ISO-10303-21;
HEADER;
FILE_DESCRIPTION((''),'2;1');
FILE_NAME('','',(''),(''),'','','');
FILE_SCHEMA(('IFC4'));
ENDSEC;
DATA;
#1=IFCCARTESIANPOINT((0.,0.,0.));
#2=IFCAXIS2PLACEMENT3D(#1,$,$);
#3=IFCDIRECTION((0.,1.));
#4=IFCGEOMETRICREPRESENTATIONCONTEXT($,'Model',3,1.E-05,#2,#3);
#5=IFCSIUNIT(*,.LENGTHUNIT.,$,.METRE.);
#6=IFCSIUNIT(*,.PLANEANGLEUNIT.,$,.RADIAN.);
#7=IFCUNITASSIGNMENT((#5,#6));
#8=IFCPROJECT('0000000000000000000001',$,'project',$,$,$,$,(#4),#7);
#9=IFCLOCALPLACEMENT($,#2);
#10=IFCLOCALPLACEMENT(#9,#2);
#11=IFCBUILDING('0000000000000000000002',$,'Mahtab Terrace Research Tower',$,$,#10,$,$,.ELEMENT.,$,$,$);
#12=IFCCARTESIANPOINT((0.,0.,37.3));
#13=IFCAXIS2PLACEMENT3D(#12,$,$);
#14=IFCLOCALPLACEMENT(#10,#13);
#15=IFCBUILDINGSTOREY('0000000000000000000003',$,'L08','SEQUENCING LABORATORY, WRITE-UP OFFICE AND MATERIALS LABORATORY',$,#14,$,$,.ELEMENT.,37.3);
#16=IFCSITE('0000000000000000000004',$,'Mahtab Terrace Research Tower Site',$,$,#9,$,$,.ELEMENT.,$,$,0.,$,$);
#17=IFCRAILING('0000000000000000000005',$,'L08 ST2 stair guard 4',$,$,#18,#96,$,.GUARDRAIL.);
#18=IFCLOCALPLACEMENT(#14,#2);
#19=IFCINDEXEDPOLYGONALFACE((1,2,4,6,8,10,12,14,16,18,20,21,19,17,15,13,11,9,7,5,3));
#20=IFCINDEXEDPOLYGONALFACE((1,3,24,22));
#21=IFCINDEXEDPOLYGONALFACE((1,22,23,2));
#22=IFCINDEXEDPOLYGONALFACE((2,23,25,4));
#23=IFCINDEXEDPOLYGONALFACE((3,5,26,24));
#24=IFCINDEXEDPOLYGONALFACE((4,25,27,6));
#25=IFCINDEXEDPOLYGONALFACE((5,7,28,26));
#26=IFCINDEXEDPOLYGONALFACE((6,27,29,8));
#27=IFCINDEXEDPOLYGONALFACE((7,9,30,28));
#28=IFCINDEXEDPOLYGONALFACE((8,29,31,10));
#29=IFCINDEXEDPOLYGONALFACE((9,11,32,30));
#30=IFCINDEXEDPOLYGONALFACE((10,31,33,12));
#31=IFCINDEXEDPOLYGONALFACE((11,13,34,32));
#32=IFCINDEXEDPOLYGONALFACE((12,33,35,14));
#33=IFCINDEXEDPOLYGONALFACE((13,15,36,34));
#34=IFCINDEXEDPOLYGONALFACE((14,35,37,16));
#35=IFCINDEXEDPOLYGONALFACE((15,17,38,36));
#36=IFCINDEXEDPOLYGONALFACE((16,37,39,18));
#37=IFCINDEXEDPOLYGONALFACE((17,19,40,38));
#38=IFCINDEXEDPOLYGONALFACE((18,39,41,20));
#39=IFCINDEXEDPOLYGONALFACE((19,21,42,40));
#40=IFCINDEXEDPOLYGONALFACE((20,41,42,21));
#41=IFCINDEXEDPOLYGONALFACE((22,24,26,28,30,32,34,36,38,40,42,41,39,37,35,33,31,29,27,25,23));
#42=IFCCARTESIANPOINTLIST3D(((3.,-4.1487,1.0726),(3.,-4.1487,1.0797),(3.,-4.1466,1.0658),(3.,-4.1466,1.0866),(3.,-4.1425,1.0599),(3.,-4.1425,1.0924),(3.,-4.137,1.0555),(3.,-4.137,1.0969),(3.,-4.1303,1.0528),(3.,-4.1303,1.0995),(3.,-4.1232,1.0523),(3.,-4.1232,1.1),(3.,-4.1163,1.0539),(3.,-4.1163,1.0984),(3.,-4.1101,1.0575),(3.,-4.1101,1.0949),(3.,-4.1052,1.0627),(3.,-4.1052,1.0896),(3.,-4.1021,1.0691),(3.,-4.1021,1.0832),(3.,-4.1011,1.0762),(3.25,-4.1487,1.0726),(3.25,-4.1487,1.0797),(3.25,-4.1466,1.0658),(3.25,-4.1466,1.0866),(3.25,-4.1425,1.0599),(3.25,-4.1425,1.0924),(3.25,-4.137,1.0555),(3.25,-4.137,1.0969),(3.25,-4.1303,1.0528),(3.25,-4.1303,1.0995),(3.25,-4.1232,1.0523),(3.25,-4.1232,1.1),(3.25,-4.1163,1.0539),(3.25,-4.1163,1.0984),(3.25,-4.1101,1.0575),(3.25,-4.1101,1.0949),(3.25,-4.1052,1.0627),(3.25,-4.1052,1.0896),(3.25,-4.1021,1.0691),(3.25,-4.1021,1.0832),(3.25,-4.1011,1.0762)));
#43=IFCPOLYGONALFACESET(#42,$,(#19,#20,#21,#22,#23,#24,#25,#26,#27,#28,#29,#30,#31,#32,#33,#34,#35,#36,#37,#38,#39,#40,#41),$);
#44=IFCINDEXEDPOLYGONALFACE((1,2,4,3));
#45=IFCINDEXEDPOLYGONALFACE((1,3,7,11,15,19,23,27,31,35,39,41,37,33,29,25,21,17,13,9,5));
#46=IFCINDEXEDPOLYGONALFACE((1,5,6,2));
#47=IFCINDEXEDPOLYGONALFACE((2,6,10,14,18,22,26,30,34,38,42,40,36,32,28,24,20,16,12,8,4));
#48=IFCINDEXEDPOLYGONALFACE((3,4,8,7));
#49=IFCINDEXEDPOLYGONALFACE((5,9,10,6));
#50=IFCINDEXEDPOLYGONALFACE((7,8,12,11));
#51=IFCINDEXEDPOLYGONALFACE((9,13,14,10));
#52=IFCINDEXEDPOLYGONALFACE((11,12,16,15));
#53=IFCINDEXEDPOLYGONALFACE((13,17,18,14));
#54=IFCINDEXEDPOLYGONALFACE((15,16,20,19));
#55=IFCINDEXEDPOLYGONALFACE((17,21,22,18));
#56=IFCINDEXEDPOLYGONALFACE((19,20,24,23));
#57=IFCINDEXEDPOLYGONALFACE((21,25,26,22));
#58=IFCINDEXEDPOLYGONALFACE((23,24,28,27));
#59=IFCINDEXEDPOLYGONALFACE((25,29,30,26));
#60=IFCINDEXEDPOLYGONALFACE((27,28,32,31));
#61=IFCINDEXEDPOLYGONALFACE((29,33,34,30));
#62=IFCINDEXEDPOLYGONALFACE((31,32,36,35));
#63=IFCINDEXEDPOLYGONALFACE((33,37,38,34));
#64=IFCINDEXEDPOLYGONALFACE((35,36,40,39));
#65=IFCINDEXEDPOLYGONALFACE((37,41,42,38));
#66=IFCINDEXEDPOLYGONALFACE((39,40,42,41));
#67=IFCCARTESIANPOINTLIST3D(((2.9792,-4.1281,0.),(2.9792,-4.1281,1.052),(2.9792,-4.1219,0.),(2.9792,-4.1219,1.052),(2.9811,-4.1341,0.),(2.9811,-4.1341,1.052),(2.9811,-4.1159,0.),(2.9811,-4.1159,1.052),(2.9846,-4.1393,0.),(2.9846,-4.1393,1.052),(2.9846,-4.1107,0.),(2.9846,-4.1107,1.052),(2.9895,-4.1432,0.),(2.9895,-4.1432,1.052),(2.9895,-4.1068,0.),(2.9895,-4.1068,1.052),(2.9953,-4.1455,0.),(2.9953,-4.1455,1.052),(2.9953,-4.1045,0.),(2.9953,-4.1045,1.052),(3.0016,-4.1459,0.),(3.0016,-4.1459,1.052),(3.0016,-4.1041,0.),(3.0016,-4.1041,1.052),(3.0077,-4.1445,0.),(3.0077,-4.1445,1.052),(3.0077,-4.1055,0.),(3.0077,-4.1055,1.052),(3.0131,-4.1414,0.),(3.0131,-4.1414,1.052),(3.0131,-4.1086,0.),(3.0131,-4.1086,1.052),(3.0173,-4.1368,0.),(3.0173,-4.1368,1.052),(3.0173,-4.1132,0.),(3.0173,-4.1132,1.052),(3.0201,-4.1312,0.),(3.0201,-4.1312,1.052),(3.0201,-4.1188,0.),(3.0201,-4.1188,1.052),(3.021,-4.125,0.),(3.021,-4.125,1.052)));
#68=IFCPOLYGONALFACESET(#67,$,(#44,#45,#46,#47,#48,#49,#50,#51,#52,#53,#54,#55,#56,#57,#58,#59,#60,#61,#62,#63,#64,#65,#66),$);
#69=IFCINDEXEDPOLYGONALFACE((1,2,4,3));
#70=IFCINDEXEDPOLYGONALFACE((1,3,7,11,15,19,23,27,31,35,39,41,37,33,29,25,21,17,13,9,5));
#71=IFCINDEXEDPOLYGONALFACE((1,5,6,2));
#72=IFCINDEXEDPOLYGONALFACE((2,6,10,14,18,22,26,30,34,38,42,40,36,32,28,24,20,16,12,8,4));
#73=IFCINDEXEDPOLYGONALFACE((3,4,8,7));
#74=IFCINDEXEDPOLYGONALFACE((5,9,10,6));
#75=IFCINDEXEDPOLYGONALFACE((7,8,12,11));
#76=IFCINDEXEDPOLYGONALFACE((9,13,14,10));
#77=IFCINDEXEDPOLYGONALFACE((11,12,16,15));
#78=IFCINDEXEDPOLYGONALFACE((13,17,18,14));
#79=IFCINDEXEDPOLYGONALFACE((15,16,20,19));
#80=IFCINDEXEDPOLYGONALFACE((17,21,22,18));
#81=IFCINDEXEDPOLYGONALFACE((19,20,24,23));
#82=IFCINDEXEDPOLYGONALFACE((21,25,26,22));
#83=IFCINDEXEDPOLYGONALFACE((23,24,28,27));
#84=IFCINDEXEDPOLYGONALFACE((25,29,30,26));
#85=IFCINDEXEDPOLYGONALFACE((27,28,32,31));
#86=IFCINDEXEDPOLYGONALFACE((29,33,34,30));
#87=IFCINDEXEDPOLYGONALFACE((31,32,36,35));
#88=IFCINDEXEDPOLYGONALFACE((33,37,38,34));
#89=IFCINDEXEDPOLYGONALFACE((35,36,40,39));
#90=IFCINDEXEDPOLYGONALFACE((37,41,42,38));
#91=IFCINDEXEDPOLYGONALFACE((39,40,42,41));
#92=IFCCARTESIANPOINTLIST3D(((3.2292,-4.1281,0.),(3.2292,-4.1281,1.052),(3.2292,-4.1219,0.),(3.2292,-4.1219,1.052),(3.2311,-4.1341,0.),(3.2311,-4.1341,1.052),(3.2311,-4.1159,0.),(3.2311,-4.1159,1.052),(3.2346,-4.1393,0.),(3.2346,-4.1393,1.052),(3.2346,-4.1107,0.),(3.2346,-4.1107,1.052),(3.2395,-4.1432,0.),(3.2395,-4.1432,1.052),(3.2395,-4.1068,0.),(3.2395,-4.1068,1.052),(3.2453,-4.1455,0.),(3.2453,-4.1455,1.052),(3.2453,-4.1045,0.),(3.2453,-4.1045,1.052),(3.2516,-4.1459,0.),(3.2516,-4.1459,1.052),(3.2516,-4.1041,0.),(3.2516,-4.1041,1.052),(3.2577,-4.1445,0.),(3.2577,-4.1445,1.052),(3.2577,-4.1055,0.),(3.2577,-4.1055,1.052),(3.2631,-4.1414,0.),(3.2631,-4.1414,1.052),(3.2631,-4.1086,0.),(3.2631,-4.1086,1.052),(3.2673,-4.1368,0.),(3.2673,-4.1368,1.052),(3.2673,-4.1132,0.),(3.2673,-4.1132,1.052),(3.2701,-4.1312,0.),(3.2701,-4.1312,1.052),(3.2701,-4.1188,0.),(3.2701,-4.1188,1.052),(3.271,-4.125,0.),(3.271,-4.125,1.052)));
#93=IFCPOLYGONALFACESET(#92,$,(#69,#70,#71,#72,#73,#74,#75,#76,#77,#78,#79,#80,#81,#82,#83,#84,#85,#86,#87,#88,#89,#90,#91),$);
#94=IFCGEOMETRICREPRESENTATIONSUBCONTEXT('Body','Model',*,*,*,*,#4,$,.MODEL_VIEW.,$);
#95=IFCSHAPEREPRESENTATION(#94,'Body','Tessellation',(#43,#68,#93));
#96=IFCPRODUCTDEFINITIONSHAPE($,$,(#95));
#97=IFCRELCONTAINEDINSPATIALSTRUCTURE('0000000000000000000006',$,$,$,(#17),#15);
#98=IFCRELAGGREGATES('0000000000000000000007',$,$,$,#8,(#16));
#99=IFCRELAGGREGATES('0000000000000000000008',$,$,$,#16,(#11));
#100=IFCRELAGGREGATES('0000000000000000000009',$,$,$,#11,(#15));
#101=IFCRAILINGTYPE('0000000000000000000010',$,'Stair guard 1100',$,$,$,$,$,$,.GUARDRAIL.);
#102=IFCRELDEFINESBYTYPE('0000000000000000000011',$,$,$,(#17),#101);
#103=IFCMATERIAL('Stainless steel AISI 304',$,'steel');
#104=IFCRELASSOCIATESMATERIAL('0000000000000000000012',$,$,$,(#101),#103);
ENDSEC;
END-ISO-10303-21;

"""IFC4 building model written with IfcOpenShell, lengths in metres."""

from ifc_helpers import new_model, si_unit, direction, frame, origin, origin_2d, place, context, subcontext, project, spatial, circle, extrude, material, type_object, element, save


model = new_model("IFC4")

# Units and contexts
model_context = context("Model", 3, precision=1e-05, world=origin(), true_north=direction((0.0, 1.0)))
body_context = subcontext(model_context, "Body", "Model", "MODEL_VIEW")
ifc_project = project(units=[si_unit("LENGTHUNIT", "METRE"), si_unit("PLANEANGLEUNIT", "RADIAN")], contexts=[model_context])

# Site, building, storey
site_placement = place(None, origin())
site = spatial("IfcSite", under=ifc_project, at=site_placement, Name="Mahtab Terrace Research Tower Site", CompositionType="ELEMENT", RefElevation=0.0)
building_placement = place(site_placement, origin())
building = spatial("IfcBuilding", under=site, at=building_placement, Name="Mahtab Terrace Research Tower", CompositionType="ELEMENT")
storey_placement = place(building_placement, frame((0.0, 0.0, 37.3)))
storey = spatial("IfcBuildingStorey", under=building, at=storey_placement, Name="L08", Description="SEQUENCING LABORATORY, WRITE-UP OFFICE AND MATERIALS LABORATORY", CompositionType="ELEMENT", Elevation=37.3)

# Railing
ifc_material_1 = material(Name="Stainless steel AISI 304", Category="steel")
railing_type_1 = type_object("IfcRailingType", Name="Stair guard 1100", PredefinedType="GUARDRAIL", material=ifc_material_1)
railing_1_placement = place(storey_placement, frame((3.0, -4.125, 0.0)))
element("IfcRailing", 1, at=railing_1_placement, inside=storey, type_object=railing_type_1, Name="L08 ST2 stair guard 4", PredefinedType="GUARDRAIL", context=body_context, shape_type="SweptSolid", body=[
    extrude(circle(Radius=0.0239, at=origin_2d()), frame((0.0, 0.0, 1.0762), z_axis=(1.0, 0.0, 0.0), x_axis=(0.0, 1.0, 0.0)), (0.0, 0.0, 1.0), 0.25),
    extrude(circle(Radius=0.021, at=origin_2d()), origin(), (0.0, 0.0, 1.0), 1.052),
    extrude(circle(Radius=0.021, at=origin_2d()), frame((0.25, 0.0, 0.0)), (0.0, 0.0, 1.0), 1.052),
])

save(model, "model.ifc")
